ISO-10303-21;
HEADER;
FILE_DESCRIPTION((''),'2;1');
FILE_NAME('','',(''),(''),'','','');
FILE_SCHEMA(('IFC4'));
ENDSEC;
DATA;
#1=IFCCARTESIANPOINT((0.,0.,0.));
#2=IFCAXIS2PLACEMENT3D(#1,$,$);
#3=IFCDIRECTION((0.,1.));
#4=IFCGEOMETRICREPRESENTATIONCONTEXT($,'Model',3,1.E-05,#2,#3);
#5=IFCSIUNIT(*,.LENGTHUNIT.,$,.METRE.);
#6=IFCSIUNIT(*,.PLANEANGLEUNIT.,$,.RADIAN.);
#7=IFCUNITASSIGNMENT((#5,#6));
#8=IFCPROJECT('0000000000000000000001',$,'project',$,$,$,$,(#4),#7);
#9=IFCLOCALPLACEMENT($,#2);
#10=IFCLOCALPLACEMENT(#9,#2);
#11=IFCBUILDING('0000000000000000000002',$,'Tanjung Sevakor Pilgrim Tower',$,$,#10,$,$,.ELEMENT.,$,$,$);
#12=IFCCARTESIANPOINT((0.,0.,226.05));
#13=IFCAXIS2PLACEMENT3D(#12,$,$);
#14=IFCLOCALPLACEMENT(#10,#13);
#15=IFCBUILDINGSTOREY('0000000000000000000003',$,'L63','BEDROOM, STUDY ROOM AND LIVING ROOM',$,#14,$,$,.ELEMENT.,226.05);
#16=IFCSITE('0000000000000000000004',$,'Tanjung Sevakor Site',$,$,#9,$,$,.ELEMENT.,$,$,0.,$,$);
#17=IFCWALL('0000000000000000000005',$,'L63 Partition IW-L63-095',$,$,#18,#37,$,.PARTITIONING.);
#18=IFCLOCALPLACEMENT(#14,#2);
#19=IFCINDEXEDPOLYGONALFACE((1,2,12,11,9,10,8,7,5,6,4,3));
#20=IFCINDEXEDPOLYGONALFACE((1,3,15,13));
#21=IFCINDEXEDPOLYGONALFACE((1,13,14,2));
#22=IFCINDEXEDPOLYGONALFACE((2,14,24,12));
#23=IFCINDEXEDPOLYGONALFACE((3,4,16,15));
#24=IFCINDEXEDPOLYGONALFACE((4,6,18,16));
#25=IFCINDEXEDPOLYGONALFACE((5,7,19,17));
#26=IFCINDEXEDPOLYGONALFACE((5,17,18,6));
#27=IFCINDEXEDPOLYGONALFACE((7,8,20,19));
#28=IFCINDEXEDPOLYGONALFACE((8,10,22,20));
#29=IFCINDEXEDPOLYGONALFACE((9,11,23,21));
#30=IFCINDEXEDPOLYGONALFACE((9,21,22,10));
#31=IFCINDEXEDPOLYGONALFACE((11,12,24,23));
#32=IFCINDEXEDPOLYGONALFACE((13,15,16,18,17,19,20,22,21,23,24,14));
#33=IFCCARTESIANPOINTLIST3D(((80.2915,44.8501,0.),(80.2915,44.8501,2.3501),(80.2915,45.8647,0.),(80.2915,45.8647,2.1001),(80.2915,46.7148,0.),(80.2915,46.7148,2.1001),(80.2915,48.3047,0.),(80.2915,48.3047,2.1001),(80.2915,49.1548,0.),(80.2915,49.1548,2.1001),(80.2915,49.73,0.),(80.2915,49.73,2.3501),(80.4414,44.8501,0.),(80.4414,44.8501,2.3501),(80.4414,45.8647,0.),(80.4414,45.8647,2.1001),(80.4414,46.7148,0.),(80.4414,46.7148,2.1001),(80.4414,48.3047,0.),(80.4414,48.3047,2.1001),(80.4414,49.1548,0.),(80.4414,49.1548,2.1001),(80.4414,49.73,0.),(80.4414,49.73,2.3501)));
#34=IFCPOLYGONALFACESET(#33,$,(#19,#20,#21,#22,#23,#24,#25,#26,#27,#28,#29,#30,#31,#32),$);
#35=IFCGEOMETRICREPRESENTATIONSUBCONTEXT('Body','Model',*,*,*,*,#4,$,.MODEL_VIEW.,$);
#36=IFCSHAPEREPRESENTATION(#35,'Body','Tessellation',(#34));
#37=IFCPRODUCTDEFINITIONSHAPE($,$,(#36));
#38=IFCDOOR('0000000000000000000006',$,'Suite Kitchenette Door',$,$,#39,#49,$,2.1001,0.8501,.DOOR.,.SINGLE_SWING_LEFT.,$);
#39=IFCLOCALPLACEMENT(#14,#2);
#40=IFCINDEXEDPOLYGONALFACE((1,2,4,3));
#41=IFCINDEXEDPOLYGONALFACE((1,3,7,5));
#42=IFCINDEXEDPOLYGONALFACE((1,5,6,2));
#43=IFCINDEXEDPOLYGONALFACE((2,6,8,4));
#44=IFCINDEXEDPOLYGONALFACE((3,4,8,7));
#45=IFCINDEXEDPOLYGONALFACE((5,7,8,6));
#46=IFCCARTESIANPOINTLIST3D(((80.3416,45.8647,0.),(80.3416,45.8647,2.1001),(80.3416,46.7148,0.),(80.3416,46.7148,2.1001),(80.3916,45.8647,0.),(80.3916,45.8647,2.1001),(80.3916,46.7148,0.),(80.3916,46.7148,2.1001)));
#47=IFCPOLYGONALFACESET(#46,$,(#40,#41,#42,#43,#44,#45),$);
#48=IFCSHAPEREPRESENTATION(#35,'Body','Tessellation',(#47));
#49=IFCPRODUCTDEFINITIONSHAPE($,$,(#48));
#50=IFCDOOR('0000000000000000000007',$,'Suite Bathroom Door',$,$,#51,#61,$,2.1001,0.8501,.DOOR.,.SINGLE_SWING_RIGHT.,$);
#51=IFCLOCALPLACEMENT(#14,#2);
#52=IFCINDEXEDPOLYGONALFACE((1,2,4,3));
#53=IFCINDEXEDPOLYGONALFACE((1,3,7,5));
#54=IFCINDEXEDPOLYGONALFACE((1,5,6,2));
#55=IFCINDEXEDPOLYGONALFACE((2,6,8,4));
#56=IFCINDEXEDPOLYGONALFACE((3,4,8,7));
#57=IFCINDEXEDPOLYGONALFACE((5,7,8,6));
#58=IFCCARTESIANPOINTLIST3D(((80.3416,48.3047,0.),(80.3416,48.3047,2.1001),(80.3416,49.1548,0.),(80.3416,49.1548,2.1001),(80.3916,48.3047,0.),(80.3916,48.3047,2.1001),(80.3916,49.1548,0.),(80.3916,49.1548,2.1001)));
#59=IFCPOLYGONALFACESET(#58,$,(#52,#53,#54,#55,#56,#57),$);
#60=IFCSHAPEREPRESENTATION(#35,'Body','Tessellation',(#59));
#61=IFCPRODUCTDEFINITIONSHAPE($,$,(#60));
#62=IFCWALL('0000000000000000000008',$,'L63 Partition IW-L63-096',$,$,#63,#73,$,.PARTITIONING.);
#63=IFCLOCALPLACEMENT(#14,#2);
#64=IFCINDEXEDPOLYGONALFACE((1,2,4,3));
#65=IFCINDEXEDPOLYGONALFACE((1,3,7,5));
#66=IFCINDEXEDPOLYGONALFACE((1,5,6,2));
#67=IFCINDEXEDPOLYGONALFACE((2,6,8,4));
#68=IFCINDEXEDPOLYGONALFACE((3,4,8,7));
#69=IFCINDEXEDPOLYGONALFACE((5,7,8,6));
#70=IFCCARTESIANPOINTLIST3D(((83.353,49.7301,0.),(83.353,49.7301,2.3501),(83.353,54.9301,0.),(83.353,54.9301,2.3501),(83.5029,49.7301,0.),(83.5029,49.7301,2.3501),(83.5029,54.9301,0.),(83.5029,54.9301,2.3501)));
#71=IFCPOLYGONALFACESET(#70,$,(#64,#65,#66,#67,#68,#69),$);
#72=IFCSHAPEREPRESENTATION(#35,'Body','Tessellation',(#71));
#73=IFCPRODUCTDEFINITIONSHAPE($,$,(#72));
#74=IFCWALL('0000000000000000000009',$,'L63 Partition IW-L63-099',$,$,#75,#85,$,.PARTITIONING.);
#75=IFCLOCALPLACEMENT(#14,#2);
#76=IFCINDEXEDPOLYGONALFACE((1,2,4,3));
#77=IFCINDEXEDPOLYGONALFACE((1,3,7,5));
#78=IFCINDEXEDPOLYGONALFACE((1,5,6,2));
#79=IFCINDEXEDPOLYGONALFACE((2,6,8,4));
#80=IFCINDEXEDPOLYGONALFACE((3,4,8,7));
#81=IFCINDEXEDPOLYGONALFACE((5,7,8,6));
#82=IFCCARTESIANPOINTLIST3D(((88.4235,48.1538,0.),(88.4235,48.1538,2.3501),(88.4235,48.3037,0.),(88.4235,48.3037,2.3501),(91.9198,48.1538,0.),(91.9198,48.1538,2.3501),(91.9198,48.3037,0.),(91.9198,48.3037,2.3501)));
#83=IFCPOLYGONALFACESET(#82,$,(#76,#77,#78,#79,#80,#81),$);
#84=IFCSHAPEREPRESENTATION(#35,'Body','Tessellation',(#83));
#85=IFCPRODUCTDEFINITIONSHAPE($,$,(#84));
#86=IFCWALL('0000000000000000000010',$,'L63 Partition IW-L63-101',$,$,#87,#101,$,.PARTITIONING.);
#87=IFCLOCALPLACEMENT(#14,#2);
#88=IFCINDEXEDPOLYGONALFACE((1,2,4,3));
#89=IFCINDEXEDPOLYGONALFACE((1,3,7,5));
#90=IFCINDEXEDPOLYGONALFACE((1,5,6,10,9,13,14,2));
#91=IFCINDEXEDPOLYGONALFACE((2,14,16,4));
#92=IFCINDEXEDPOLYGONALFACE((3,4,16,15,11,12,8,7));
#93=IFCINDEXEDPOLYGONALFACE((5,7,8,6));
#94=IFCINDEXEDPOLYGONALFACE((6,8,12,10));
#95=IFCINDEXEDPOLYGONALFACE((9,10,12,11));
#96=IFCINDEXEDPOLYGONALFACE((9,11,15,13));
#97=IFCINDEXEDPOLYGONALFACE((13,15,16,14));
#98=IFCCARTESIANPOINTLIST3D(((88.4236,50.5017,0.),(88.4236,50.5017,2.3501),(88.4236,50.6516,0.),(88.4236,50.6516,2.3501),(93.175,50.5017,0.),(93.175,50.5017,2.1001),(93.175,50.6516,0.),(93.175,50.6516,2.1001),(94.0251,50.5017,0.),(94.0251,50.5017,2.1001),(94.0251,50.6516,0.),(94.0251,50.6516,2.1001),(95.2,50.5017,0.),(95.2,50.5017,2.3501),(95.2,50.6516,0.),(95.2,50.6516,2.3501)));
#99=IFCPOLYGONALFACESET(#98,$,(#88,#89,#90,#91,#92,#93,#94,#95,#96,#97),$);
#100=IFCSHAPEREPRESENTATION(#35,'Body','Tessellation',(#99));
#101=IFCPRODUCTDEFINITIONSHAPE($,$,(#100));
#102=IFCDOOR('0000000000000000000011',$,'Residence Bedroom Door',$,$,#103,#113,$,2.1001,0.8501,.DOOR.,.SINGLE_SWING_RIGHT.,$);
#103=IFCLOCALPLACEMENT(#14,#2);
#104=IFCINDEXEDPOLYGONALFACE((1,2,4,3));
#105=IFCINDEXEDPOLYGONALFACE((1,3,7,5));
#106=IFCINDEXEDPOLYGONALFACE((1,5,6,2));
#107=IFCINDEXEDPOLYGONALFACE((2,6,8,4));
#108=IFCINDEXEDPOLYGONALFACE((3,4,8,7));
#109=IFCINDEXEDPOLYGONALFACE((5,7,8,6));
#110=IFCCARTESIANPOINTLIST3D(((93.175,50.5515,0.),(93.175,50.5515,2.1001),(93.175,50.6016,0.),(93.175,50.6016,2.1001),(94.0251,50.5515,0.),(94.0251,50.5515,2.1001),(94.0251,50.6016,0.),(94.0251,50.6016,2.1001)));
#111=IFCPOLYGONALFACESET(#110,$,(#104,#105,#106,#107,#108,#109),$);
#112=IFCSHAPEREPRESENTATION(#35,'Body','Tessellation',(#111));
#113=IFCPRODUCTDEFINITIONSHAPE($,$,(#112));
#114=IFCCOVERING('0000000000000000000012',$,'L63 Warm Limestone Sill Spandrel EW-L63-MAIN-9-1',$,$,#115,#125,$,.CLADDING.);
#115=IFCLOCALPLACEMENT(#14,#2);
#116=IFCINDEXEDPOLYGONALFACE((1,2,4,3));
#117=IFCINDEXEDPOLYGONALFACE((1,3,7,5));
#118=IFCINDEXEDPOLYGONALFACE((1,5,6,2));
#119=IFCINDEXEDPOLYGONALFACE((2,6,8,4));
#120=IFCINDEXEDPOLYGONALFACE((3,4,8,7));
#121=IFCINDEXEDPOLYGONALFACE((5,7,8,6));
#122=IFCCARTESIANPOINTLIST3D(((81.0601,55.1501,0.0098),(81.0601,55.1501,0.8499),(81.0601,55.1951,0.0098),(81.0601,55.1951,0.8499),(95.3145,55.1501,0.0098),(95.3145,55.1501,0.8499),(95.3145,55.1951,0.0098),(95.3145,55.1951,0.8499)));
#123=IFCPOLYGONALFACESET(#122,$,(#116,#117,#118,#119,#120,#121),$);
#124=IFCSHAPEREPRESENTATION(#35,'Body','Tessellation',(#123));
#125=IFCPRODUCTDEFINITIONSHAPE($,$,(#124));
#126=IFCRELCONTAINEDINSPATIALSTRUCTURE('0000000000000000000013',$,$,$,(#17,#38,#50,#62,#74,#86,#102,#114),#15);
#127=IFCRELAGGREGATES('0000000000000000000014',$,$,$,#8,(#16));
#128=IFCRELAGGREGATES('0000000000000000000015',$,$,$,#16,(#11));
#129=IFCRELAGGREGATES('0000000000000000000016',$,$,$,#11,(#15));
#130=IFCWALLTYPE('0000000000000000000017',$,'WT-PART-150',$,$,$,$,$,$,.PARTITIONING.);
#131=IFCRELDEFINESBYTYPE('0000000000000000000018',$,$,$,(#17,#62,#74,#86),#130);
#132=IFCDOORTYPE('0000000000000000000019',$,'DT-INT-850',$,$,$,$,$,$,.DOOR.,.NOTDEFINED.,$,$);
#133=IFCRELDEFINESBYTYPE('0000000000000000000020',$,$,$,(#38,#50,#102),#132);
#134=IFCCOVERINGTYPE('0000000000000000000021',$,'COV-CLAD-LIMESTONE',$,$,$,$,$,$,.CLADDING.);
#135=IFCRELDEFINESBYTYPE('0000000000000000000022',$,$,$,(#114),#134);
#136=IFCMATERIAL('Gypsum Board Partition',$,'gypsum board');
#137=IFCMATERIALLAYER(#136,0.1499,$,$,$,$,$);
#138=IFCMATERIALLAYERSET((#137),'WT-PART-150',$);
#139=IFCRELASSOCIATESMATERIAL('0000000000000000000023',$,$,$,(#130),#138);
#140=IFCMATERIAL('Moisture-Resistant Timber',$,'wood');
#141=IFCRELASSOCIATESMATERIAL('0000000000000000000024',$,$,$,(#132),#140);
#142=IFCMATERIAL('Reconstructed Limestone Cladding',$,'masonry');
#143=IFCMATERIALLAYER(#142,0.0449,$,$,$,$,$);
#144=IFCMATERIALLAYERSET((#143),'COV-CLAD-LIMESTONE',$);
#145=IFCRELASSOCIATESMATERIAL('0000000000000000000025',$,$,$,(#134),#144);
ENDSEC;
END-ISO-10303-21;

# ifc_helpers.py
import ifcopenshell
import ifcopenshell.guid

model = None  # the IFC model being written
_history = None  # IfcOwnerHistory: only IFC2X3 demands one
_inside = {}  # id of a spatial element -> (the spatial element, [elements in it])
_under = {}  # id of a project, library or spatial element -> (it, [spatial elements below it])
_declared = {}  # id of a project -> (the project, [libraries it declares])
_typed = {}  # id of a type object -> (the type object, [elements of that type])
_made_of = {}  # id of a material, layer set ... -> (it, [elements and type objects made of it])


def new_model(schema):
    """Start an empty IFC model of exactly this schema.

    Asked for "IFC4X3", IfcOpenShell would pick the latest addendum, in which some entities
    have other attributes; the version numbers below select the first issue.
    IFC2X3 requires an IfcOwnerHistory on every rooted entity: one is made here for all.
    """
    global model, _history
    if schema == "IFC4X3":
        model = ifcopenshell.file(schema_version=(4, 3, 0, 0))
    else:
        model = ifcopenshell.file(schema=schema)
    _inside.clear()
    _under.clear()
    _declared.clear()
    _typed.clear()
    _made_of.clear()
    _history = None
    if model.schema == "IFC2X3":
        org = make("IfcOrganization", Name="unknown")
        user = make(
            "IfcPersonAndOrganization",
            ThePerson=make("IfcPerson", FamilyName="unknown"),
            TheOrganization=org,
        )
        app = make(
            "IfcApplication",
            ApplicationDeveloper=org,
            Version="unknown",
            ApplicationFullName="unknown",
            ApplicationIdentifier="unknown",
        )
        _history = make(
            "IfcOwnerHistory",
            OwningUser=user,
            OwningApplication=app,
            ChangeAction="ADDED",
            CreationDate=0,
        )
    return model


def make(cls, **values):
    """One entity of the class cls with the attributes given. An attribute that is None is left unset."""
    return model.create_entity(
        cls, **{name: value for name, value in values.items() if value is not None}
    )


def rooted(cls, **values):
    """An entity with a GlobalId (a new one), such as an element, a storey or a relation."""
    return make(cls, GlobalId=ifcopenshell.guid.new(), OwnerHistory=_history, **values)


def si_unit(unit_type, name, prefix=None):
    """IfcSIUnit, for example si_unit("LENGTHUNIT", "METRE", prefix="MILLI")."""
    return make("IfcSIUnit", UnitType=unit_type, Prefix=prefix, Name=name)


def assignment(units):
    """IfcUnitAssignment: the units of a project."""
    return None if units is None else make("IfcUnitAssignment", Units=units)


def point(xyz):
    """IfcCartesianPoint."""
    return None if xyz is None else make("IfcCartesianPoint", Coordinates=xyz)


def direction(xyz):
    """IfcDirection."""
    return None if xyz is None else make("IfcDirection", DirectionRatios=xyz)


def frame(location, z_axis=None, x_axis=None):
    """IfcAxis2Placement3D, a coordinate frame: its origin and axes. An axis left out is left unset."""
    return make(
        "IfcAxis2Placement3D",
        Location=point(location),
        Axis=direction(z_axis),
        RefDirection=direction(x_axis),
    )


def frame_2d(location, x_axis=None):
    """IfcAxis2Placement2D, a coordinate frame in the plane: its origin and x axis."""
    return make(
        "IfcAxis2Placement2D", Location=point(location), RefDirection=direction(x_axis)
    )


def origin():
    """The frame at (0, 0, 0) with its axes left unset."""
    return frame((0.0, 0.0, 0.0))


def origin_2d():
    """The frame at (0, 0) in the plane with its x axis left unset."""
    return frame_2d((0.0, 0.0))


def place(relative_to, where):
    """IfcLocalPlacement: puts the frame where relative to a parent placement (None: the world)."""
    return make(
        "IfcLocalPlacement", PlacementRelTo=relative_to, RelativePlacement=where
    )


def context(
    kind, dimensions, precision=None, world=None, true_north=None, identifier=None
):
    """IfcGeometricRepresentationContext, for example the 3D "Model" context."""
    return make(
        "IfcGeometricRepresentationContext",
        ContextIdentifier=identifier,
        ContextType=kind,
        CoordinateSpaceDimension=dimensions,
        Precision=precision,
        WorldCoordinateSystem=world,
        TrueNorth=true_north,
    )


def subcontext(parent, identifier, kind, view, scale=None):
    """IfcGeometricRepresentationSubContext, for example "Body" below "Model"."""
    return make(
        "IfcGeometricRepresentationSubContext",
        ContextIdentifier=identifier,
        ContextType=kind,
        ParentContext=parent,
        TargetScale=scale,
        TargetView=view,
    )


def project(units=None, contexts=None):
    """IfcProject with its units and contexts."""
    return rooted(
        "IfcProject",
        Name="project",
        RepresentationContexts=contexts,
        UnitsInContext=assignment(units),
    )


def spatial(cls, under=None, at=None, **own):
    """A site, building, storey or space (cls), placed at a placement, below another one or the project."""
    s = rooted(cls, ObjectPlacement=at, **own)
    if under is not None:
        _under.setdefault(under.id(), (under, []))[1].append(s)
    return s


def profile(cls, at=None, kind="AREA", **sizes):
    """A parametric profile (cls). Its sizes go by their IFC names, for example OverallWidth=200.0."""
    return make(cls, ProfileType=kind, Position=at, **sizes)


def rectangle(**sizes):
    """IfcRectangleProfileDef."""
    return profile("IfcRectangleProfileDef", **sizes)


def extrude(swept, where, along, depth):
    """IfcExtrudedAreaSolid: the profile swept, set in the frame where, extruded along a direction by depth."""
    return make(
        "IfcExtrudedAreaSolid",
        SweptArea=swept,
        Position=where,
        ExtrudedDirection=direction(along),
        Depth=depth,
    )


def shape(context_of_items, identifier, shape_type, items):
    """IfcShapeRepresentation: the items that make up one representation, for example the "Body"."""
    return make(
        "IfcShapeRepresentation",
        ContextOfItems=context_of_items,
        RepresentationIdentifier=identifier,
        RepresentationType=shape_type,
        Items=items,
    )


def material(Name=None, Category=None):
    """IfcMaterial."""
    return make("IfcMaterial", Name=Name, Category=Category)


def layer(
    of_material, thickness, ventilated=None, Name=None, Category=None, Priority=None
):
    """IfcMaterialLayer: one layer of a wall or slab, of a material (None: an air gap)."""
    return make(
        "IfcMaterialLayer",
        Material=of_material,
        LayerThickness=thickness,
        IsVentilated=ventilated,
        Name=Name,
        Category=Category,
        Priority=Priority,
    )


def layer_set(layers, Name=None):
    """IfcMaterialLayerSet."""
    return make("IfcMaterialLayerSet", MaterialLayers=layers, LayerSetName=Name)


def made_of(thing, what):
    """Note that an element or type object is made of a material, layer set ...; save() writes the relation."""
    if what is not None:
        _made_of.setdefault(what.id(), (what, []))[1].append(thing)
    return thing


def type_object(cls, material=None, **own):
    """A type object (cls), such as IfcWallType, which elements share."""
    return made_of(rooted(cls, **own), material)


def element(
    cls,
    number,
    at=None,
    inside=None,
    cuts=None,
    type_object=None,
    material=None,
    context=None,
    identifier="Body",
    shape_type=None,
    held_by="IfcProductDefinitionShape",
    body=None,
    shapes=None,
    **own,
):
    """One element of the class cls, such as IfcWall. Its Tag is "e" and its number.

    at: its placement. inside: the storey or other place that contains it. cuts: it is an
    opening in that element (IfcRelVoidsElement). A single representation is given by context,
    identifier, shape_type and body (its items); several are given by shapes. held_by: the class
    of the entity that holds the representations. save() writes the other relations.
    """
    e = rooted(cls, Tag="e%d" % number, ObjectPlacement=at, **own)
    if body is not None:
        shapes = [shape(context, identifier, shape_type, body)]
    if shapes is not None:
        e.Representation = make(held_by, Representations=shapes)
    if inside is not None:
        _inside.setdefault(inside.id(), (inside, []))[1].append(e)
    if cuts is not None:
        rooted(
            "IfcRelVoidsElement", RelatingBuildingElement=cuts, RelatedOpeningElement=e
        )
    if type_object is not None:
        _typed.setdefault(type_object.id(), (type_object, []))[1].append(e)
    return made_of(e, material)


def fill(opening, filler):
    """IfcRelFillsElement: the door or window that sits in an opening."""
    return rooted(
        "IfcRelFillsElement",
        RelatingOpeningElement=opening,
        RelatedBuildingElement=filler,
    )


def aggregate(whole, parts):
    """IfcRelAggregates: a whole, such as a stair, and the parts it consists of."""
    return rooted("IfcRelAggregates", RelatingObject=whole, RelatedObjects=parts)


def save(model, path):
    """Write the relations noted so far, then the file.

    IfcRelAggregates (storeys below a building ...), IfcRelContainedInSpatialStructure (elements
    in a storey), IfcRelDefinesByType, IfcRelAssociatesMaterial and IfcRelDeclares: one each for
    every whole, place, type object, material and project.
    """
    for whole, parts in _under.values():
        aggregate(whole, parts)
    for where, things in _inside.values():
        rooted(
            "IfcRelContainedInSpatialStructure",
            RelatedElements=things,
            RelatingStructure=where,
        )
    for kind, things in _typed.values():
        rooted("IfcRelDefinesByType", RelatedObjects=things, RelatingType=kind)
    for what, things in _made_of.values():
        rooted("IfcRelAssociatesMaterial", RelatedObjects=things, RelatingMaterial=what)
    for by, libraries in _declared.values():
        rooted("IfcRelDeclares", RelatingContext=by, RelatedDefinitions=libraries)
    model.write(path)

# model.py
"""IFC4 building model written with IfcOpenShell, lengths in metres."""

from ifc_helpers import new_model, si_unit, direction, frame, frame_2d, origin, origin_2d, place, context, subcontext, project, spatial, rectangle, extrude, material, layer, layer_set, type_object, element, fill, save


model = new_model("IFC4")

# Units and contexts
model_context = context("Model", 3, precision=1e-05, world=origin(), true_north=direction((0.0, 1.0)))
body_context = subcontext(model_context, "Body", "Model", "MODEL_VIEW")
ifc_project = project(units=[si_unit("LENGTHUNIT", "METRE"), si_unit("PLANEANGLEUNIT", "RADIAN")], contexts=[model_context])

# Site, building, storey
site_placement = place(None, origin())
site = spatial("IfcSite", under=ifc_project, at=site_placement, Name="Tanjung Sevakor Site", CompositionType="ELEMENT", RefElevation=0.0)
building_placement = place(site_placement, origin())
building = spatial("IfcBuilding", under=site, at=building_placement, Name="Tanjung Sevakor Pilgrim Tower", CompositionType="ELEMENT")
storey_placement = place(building_placement, frame((0.0, 0.0, 226.05)))
storey = spatial("IfcBuildingStorey", under=building, at=storey_placement, Name="L63", Description="BEDROOM, STUDY ROOM AND LIVING ROOM", CompositionType="ELEMENT", Elevation=226.05)

# Wall, openings, doors
ifc_material_1 = material(Name="Gypsum Board Partition", Category="gypsum board")
ifc_layer_1 = layer(ifc_material_1, 0.1499)
ifc_layer_set_1 = layer_set([ifc_layer_1], Name="WT-PART-150")
wall_type_1 = type_object("IfcWallType", Name="WT-PART-150", PredefinedType="PARTITIONING", material=ifc_layer_set_1)
wall_1_placement = place(storey_placement, frame((80.3665, 44.8501, 0.0), z_axis=(0.0, 0.0, 1.0), x_axis=(0.0, 1.0, 0.0)))
wall_1 = element("IfcWall", 1, at=wall_1_placement, inside=storey, type_object=wall_type_1, Name="L63 Partition IW-L63-095", PredefinedType="PARTITIONING", context=body_context, shape_type="SweptSolid", body=[
    extrude(rectangle(XDim=4.8799, YDim=0.1499, at=frame_2d((2.4399, 0.0))), origin(), (0.0, 0.0, 1.0), 2.3501),
])
opening_1_placement = place(wall_1_placement, frame((1.0146, 0.0, 0.0)))
opening_1 = element("IfcOpeningElement", 2, at=opening_1_placement, cuts=wall_1, PredefinedType="OPENING", context=body_context, shape_type="SweptSolid", body=[
    extrude(rectangle(XDim=0.8501, YDim=2.1001, at=frame_2d((0.425, 1.05))), frame((0.0, 0.085, 0.0), z_axis=(0.0, -1.0, 0.0), x_axis=(1.0, 0.0, 0.0)), (0.0, 0.0, 1.0), 0.1699),
])
opening_2_placement = place(wall_1_placement, frame((3.4546, 0.0, 0.0)))
opening_2 = element("IfcOpeningElement", 3, at=opening_2_placement, cuts=wall_1, PredefinedType="OPENING", context=body_context, shape_type="SweptSolid", body=[
    extrude(rectangle(XDim=0.8501, YDim=2.1001, at=frame_2d((0.425, 1.05))), frame((0.0, 0.085, 0.0), z_axis=(0.0, -1.0, 0.0), x_axis=(1.0, 0.0, 0.0)), (0.0, 0.0, 1.0), 0.1699),
])
ifc_material_2 = material(Name="Moisture-Resistant Timber", Category="wood")
door_type_1 = type_object("IfcDoorType", Name="DT-INT-850", OperationType="NOTDEFINED", PredefinedType="DOOR", material=ifc_material_2)
door_1_placement = place(opening_1_placement, origin())
door_1 = element("IfcDoor", 4, at=door_1_placement, inside=storey, type_object=door_type_1, Name="Suite Kitchenette Door", OperationType="SINGLE_SWING_LEFT", OverallHeight=2.1001, OverallWidth=0.8501, PredefinedType="DOOR", context=body_context, shape_type="SweptSolid", body=[
    extrude(rectangle(XDim=0.8501, YDim=2.1001, at=frame_2d((0.425, 1.05))), frame((0.0, 0.0249, 0.0), z_axis=(0.0, -1.0, 0.0), x_axis=(1.0, 0.0, 0.0)), (0.0, 0.0, 1.0), 0.05),
])
fill(opening_1, door_1)
door_2_placement = place(opening_2_placement, origin())
door_2 = element("IfcDoor", 5, at=door_2_placement, inside=storey, type_object=door_type_1, Name="Suite Bathroom Door", OperationType="SINGLE_SWING_RIGHT", OverallHeight=2.1001, OverallWidth=0.8501, PredefinedType="DOOR", context=body_context, shape_type="SweptSolid", body=[
    extrude(rectangle(XDim=0.8501, YDim=2.1001, at=frame_2d((0.425, 1.05))), frame((0.0, 0.0249, 0.0), z_axis=(0.0, -1.0, 0.0), x_axis=(1.0, 0.0, 0.0)), (0.0, 0.0, 1.0), 0.05),
])
fill(opening_2, door_2)

# Walls
wall_2_placement = place(storey_placement, frame((83.428, 49.73, 0.0), z_axis=(0.0, 0.0, 1.0), x_axis=(0.0, 1.0, 0.0)))
element("IfcWall", 6, at=wall_2_placement, inside=storey, type_object=wall_type_1, Name="L63 Partition IW-L63-096", PredefinedType="PARTITIONING", context=body_context, shape_type="SweptSolid", body=[
    extrude(rectangle(XDim=5.2, YDim=0.1499, at=frame_2d((2.6001, 0.0))), origin(), (0.0, 0.0, 1.0), 2.3501),
])
wall_3_placement = place(storey_placement, frame((88.4236, 48.2288, 0.0), z_axis=(0.0, 0.0, 1.0), x_axis=(1.0, 0.0, 0.0)))
element("IfcWall", 7, at=wall_3_placement, inside=storey, type_object=wall_type_1, Name="L63 Partition IW-L63-099", PredefinedType="PARTITIONING", context=body_context, shape_type="SweptSolid", body=[
    extrude(rectangle(XDim=3.4963, YDim=0.1499, at=frame_2d((1.748, 0.0))), origin(), (0.0, 0.0, 1.0), 2.3501),
])

# Wall, opening, door
wall_4_placement = place(storey_placement, frame((88.4236, 50.5767, 0.0), z_axis=(0.0, 0.0, 1.0), x_axis=(1.0, 0.0, 0.0)))
wall_4 = element("IfcWall", 8, at=wall_4_placement, inside=storey, type_object=wall_type_1, Name="L63 Partition IW-L63-101", PredefinedType="PARTITIONING", context=body_context, shape_type="SweptSolid", body=[
    extrude(rectangle(XDim=6.7764, YDim=0.1499, at=frame_2d((3.3882, 0.0))), origin(), (0.0, 0.0, 1.0), 2.3501),
])
opening_3_placement = place(wall_4_placement, frame((4.7515, 0.0, 0.0)))
opening_3 = element("IfcOpeningElement", 9, at=opening_3_placement, cuts=wall_4, PredefinedType="OPENING", context=body_context, shape_type="SweptSolid", body=[
    extrude(rectangle(XDim=0.8501, YDim=2.1001, at=frame_2d((0.425, 1.05))), frame((0.0, 0.085, 0.0), z_axis=(0.0, -1.0, 0.0), x_axis=(1.0, 0.0, 0.0)), (0.0, 0.0, 1.0), 0.1699),
])
door_3_placement = place(opening_3_placement, origin())
door_3 = element("IfcDoor", 10, at=door_3_placement, inside=storey, type_object=door_type_1, Name="Residence Bedroom Door", OperationType="SINGLE_SWING_RIGHT", OverallHeight=2.1001, OverallWidth=0.8501, PredefinedType="DOOR", context=body_context, shape_type="SweptSolid", body=[
    extrude(rectangle(XDim=0.8501, YDim=2.1001, at=frame_2d((0.425, 1.05))), frame((0.0, 0.0249, 0.0), z_axis=(0.0, -1.0, 0.0), x_axis=(1.0, 0.0, 0.0)), (0.0, 0.0, 1.0), 0.05),
])
fill(opening_3, door_3)

# Covering
ifc_material_3 = material(Name="Reconstructed Limestone Cladding", Category="masonry")
ifc_layer_2 = layer(ifc_material_3, 0.0449)
ifc_layer_set_2 = layer_set([ifc_layer_2], Name="COV-CLAD-LIMESTONE")
covering_type = type_object("IfcCoveringType", Name="COV-CLAD-LIMESTONE", PredefinedType="CLADDING", material=ifc_layer_set_2)
covering_placement = place(storey_placement, frame((88.1873, 55.1726, 0.0098), z_axis=(0.0, 0.0, 1.0), x_axis=(-1.0, 0.0, 0.0)))
element("IfcCovering", 11, at=covering_placement, inside=storey, type_object=covering_type, Name="L63 Warm Limestone Sill Spandrel EW-L63-MAIN-9-1", PredefinedType="CLADDING", context=body_context, shape_type="SweptSolid", body=[
    extrude(rectangle(XDim=14.2544, YDim=0.0449, at=origin_2d()), origin(), (0.0, 0.0, 1.0), 0.8401),
])

save(model, "model.ifc")
